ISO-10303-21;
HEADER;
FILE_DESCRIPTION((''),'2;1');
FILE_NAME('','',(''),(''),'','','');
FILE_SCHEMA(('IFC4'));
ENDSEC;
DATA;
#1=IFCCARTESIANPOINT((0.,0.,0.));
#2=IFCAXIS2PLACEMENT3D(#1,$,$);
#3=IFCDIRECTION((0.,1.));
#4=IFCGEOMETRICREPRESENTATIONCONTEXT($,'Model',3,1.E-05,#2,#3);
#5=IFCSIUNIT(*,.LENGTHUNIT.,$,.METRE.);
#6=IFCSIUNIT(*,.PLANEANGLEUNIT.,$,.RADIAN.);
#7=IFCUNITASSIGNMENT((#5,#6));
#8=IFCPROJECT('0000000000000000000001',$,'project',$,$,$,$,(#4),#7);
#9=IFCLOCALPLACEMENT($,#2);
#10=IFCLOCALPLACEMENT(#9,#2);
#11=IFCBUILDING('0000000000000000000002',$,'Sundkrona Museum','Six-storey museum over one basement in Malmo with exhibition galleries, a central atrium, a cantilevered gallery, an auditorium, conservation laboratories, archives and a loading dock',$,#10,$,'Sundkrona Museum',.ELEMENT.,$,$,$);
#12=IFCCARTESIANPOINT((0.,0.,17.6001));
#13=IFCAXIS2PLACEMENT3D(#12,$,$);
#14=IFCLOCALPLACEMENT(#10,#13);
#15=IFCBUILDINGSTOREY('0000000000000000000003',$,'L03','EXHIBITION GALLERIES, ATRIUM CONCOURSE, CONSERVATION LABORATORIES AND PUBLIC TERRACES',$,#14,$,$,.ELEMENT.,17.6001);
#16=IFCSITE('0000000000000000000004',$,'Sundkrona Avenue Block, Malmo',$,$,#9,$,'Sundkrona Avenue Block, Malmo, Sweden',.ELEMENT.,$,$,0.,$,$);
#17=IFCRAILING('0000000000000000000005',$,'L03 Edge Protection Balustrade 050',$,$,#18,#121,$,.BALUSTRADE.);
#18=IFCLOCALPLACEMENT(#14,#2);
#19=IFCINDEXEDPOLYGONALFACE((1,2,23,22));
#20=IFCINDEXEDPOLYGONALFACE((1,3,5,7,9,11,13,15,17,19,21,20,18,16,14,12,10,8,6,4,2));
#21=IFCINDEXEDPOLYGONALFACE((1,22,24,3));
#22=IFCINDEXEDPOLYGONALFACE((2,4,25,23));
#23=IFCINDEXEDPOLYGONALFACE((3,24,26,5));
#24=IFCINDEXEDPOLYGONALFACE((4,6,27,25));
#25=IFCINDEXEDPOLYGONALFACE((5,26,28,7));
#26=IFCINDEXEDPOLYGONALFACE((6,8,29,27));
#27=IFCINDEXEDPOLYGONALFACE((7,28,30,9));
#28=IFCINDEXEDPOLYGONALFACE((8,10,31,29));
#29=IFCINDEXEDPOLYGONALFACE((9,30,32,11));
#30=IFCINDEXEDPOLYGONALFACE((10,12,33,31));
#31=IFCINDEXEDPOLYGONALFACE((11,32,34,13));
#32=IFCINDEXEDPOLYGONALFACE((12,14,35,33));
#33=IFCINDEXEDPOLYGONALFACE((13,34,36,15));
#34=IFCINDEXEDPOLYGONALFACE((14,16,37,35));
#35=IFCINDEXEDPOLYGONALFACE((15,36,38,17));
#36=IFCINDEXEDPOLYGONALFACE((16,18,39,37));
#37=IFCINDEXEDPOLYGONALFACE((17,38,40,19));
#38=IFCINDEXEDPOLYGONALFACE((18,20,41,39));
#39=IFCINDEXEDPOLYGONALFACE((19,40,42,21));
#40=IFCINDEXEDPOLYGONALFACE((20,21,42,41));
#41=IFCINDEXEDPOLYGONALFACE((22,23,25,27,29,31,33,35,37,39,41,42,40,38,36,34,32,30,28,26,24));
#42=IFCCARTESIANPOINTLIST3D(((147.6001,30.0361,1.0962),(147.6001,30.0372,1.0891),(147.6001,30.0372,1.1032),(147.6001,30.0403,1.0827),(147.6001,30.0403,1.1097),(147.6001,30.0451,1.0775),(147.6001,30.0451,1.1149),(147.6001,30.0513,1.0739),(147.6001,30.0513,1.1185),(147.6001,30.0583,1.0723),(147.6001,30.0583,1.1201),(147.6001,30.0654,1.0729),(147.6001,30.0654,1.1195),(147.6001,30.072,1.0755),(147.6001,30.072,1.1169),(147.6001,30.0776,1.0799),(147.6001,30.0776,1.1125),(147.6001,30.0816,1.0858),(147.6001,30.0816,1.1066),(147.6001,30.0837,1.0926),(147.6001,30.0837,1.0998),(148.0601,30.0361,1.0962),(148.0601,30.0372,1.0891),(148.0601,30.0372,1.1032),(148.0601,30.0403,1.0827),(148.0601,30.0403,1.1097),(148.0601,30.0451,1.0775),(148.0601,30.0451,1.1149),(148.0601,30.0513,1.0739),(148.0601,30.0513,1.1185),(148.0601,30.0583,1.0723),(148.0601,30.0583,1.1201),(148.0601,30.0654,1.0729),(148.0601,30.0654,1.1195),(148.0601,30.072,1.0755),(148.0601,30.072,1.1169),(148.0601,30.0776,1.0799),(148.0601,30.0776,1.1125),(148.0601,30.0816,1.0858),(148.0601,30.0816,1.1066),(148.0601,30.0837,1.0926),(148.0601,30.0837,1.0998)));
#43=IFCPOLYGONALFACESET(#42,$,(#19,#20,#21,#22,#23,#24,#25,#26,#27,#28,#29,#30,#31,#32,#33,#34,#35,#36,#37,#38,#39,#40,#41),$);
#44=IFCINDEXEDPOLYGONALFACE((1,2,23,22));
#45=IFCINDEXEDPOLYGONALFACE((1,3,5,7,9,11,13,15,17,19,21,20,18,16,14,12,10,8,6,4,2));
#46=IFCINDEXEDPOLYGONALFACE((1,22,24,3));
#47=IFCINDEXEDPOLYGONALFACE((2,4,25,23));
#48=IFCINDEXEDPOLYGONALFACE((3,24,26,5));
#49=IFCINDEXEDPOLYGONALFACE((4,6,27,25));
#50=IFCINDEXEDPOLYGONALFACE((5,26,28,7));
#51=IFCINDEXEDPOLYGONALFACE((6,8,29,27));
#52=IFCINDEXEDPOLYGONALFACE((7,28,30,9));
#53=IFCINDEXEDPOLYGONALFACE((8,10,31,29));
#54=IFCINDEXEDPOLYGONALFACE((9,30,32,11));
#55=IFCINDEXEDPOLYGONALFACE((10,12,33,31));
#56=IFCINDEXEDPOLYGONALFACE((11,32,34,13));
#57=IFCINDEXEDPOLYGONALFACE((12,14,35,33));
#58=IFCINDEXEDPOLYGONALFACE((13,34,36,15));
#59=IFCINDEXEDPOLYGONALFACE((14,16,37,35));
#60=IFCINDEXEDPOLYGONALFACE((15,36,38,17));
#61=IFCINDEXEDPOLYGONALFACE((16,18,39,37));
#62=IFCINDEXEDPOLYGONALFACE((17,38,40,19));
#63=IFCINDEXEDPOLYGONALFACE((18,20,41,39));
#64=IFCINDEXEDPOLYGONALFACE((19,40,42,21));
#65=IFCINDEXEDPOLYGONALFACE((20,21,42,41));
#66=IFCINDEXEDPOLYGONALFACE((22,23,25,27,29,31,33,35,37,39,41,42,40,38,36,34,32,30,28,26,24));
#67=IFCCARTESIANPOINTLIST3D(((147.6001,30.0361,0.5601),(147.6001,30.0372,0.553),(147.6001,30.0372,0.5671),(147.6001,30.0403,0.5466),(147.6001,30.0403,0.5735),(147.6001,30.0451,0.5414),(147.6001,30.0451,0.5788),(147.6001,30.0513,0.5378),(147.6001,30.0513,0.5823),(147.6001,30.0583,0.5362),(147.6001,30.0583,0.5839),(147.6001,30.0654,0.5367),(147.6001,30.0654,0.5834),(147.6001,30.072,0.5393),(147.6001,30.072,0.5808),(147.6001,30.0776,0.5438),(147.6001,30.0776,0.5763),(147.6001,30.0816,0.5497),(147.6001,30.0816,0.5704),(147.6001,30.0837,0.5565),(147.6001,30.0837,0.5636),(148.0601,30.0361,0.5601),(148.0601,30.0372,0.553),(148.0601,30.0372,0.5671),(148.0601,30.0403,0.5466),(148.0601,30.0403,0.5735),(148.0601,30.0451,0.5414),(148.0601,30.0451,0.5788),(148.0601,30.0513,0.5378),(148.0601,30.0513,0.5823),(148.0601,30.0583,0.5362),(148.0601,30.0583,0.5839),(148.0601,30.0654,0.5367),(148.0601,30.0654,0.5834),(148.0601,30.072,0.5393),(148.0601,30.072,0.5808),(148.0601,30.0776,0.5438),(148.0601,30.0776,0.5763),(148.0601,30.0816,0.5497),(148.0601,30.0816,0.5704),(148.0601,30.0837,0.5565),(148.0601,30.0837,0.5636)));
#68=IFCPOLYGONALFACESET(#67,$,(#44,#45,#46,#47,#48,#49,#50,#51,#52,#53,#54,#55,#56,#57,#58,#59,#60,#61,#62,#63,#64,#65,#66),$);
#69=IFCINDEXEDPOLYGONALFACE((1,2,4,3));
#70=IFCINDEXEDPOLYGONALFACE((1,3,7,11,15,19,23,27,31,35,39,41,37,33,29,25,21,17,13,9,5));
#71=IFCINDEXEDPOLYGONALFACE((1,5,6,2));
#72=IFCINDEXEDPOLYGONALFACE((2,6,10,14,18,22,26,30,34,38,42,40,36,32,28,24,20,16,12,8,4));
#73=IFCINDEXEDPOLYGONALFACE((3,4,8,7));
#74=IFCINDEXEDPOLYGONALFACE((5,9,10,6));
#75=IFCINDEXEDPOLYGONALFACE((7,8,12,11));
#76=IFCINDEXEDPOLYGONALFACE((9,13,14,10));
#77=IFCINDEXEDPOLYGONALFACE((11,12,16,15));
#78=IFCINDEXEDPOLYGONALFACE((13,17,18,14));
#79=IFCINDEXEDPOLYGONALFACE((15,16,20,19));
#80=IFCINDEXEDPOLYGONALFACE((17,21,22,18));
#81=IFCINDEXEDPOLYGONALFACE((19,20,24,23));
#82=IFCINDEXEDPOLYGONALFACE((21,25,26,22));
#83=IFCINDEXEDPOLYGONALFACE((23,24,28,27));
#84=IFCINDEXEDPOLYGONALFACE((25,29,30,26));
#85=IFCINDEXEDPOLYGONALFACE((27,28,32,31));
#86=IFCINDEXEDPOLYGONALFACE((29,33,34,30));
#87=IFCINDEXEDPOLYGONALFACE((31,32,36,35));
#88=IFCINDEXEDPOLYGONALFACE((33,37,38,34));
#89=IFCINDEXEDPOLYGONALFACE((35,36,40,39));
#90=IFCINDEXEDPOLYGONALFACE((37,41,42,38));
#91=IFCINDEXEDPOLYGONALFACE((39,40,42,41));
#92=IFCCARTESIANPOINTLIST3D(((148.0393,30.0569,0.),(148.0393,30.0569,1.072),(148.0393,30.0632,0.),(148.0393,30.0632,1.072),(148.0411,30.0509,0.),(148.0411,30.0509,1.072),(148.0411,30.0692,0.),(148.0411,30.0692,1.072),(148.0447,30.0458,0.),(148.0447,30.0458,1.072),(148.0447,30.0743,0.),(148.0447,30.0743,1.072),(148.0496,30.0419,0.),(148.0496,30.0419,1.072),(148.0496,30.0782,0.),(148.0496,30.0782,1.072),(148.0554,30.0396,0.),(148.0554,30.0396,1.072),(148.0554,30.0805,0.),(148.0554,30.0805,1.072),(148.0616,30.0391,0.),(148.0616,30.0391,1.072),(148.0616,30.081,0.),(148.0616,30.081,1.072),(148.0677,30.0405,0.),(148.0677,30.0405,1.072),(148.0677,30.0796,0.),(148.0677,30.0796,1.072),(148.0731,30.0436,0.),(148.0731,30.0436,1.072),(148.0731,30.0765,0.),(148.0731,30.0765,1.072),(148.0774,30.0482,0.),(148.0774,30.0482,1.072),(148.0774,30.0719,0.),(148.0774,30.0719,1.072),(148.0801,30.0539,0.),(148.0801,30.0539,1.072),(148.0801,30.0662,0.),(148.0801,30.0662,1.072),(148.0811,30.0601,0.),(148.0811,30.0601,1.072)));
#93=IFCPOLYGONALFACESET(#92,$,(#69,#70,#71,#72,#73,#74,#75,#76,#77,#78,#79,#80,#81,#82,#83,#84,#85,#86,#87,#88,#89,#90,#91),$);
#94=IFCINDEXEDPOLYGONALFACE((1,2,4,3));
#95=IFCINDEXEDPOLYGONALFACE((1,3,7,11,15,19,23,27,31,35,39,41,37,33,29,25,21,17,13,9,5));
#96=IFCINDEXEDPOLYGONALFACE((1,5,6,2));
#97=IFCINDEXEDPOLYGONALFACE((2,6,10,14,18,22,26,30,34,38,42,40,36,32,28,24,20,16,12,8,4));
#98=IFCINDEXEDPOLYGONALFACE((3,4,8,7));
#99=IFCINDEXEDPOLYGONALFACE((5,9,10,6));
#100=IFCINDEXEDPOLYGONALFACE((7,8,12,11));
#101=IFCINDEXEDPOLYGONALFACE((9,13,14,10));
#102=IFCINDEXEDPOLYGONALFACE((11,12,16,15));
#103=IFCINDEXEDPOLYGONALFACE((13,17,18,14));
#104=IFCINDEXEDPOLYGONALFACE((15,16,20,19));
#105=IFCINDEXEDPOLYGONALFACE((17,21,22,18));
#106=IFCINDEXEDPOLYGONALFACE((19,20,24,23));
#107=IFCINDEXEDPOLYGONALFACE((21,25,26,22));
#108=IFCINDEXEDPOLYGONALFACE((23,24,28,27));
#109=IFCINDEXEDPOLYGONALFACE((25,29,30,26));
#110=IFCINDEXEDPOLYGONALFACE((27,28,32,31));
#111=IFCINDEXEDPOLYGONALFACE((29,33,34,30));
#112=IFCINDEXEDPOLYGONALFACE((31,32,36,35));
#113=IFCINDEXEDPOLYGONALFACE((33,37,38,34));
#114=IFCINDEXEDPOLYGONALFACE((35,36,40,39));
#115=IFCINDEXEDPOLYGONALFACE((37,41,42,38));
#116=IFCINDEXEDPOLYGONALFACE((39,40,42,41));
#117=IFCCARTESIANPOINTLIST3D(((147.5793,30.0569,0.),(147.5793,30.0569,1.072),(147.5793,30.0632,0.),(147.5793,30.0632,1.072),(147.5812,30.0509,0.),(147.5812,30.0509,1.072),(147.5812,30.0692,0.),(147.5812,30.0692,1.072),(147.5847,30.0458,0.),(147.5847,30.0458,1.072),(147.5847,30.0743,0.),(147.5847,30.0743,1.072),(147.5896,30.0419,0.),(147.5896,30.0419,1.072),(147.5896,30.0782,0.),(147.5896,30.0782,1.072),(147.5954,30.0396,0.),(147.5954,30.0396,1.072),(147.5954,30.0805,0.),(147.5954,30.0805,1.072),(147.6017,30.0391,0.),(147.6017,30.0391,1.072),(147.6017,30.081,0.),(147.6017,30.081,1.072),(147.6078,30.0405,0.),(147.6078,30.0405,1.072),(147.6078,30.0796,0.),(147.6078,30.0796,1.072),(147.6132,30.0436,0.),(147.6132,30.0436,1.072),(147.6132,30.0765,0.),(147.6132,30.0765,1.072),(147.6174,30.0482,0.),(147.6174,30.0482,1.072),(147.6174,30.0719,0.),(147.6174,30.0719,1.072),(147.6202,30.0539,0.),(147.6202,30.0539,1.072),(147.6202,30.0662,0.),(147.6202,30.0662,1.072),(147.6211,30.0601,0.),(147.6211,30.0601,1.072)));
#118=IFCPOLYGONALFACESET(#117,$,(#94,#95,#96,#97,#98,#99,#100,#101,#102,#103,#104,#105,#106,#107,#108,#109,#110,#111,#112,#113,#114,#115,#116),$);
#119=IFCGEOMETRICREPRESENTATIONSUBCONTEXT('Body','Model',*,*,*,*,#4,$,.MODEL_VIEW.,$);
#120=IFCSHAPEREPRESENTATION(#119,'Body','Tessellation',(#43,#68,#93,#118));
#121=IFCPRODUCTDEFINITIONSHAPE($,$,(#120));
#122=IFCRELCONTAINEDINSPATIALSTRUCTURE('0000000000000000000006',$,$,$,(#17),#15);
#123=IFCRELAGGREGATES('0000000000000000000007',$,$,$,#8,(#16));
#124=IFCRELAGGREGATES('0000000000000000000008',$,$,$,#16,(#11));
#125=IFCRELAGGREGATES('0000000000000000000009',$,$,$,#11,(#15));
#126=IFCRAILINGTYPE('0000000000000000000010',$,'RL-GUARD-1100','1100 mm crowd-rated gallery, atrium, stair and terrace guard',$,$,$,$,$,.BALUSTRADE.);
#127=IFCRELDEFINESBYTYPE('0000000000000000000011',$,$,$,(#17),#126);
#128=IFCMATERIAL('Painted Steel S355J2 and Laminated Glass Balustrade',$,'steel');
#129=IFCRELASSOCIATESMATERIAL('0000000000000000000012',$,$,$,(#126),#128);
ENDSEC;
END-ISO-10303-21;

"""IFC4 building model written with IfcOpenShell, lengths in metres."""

from ifc_helpers import new_model, si_unit, direction, frame, origin, origin_2d, place, context, subcontext, project, spatial, circle, extrude, material, type_object, element, save


model = new_model("IFC4")

# Units and contexts
model_context = context("Model", 3, precision=1e-05, world=origin(), true_north=direction((0.0, 1.0)))
body_context = subcontext(model_context, "Body", "Model", "MODEL_VIEW")
ifc_project = project(units=[si_unit("LENGTHUNIT", "METRE"), si_unit("PLANEANGLEUNIT", "RADIAN")], contexts=[model_context])

# Site, building, storey
site_placement = place(None, origin())
site = spatial("IfcSite", under=ifc_project, at=site_placement, Name="Sundkrona Avenue Block, Malmo", LongName="Sundkrona Avenue Block, Malmo, Sweden", CompositionType="ELEMENT", RefElevation=0.0)
building_placement = place(site_placement, origin())
building = spatial("IfcBuilding", under=site, at=building_placement, Name="Sundkrona Museum", Description="Six-storey museum over one basement in Malmo with exhibition galleries, a central atrium, a cantilevered gallery, an auditorium, conservation laboratories, archives and a loading dock", LongName="Sundkrona Museum", CompositionType="ELEMENT")
storey_placement = place(building_placement, frame((0.0, 0.0, 17.6001)))
storey = spatial("IfcBuildingStorey", under=building, at=storey_placement, Name="L03", Description="EXHIBITION GALLERIES, ATRIUM CONCOURSE, CONSERVATION LABORATORIES AND PUBLIC TERRACES", CompositionType="ELEMENT", Elevation=17.6001)

# Railing
ifc_material_1 = material(Name="Painted Steel S355J2 and Laminated Glass Balustrade", Category="steel")
railing_type = type_object("IfcRailingType", Name="RL-GUARD-1100", Description="1100 mm crowd-rated gallery, atrium, stair and terrace guard", PredefinedType="BALUSTRADE", material=ifc_material_1)
railing_placement = place(storey_placement, frame((148.0601, 30.0601, 0.0)))
element("IfcRailing", 1, at=railing_placement, inside=storey, type_object=railing_type, Name="L03 Edge Protection Balustrade 050", PredefinedType="BALUSTRADE", context=body_context, shape_type="SweptSolid", body=[
    extrude(circle(Radius=0.0239, at=origin_2d()), frame((0.0, 0.0, 1.0962), z_axis=(-1.0, 0.0, 0.0), x_axis=(0.0, -1.0, 0.0)), (0.0, 0.0, 1.0), 0.46),
    extrude(circle(Radius=0.0239, at=origin_2d()), frame((0.0, 0.0, 0.5601), z_axis=(-1.0, 0.0, 0.0), x_axis=(0.0, -1.0, 0.0)), (0.0, 0.0, 1.0), 0.46),
    extrude(circle(Radius=0.021, at=origin_2d()), origin(), (0.0, 0.0, 1.0), 1.072),
    extrude(circle(Radius=0.021, at=origin_2d()), frame((-0.46, 0.0, 0.0)), (0.0, 0.0, 1.0), 1.072),
])

save(model, "model.ifc")
